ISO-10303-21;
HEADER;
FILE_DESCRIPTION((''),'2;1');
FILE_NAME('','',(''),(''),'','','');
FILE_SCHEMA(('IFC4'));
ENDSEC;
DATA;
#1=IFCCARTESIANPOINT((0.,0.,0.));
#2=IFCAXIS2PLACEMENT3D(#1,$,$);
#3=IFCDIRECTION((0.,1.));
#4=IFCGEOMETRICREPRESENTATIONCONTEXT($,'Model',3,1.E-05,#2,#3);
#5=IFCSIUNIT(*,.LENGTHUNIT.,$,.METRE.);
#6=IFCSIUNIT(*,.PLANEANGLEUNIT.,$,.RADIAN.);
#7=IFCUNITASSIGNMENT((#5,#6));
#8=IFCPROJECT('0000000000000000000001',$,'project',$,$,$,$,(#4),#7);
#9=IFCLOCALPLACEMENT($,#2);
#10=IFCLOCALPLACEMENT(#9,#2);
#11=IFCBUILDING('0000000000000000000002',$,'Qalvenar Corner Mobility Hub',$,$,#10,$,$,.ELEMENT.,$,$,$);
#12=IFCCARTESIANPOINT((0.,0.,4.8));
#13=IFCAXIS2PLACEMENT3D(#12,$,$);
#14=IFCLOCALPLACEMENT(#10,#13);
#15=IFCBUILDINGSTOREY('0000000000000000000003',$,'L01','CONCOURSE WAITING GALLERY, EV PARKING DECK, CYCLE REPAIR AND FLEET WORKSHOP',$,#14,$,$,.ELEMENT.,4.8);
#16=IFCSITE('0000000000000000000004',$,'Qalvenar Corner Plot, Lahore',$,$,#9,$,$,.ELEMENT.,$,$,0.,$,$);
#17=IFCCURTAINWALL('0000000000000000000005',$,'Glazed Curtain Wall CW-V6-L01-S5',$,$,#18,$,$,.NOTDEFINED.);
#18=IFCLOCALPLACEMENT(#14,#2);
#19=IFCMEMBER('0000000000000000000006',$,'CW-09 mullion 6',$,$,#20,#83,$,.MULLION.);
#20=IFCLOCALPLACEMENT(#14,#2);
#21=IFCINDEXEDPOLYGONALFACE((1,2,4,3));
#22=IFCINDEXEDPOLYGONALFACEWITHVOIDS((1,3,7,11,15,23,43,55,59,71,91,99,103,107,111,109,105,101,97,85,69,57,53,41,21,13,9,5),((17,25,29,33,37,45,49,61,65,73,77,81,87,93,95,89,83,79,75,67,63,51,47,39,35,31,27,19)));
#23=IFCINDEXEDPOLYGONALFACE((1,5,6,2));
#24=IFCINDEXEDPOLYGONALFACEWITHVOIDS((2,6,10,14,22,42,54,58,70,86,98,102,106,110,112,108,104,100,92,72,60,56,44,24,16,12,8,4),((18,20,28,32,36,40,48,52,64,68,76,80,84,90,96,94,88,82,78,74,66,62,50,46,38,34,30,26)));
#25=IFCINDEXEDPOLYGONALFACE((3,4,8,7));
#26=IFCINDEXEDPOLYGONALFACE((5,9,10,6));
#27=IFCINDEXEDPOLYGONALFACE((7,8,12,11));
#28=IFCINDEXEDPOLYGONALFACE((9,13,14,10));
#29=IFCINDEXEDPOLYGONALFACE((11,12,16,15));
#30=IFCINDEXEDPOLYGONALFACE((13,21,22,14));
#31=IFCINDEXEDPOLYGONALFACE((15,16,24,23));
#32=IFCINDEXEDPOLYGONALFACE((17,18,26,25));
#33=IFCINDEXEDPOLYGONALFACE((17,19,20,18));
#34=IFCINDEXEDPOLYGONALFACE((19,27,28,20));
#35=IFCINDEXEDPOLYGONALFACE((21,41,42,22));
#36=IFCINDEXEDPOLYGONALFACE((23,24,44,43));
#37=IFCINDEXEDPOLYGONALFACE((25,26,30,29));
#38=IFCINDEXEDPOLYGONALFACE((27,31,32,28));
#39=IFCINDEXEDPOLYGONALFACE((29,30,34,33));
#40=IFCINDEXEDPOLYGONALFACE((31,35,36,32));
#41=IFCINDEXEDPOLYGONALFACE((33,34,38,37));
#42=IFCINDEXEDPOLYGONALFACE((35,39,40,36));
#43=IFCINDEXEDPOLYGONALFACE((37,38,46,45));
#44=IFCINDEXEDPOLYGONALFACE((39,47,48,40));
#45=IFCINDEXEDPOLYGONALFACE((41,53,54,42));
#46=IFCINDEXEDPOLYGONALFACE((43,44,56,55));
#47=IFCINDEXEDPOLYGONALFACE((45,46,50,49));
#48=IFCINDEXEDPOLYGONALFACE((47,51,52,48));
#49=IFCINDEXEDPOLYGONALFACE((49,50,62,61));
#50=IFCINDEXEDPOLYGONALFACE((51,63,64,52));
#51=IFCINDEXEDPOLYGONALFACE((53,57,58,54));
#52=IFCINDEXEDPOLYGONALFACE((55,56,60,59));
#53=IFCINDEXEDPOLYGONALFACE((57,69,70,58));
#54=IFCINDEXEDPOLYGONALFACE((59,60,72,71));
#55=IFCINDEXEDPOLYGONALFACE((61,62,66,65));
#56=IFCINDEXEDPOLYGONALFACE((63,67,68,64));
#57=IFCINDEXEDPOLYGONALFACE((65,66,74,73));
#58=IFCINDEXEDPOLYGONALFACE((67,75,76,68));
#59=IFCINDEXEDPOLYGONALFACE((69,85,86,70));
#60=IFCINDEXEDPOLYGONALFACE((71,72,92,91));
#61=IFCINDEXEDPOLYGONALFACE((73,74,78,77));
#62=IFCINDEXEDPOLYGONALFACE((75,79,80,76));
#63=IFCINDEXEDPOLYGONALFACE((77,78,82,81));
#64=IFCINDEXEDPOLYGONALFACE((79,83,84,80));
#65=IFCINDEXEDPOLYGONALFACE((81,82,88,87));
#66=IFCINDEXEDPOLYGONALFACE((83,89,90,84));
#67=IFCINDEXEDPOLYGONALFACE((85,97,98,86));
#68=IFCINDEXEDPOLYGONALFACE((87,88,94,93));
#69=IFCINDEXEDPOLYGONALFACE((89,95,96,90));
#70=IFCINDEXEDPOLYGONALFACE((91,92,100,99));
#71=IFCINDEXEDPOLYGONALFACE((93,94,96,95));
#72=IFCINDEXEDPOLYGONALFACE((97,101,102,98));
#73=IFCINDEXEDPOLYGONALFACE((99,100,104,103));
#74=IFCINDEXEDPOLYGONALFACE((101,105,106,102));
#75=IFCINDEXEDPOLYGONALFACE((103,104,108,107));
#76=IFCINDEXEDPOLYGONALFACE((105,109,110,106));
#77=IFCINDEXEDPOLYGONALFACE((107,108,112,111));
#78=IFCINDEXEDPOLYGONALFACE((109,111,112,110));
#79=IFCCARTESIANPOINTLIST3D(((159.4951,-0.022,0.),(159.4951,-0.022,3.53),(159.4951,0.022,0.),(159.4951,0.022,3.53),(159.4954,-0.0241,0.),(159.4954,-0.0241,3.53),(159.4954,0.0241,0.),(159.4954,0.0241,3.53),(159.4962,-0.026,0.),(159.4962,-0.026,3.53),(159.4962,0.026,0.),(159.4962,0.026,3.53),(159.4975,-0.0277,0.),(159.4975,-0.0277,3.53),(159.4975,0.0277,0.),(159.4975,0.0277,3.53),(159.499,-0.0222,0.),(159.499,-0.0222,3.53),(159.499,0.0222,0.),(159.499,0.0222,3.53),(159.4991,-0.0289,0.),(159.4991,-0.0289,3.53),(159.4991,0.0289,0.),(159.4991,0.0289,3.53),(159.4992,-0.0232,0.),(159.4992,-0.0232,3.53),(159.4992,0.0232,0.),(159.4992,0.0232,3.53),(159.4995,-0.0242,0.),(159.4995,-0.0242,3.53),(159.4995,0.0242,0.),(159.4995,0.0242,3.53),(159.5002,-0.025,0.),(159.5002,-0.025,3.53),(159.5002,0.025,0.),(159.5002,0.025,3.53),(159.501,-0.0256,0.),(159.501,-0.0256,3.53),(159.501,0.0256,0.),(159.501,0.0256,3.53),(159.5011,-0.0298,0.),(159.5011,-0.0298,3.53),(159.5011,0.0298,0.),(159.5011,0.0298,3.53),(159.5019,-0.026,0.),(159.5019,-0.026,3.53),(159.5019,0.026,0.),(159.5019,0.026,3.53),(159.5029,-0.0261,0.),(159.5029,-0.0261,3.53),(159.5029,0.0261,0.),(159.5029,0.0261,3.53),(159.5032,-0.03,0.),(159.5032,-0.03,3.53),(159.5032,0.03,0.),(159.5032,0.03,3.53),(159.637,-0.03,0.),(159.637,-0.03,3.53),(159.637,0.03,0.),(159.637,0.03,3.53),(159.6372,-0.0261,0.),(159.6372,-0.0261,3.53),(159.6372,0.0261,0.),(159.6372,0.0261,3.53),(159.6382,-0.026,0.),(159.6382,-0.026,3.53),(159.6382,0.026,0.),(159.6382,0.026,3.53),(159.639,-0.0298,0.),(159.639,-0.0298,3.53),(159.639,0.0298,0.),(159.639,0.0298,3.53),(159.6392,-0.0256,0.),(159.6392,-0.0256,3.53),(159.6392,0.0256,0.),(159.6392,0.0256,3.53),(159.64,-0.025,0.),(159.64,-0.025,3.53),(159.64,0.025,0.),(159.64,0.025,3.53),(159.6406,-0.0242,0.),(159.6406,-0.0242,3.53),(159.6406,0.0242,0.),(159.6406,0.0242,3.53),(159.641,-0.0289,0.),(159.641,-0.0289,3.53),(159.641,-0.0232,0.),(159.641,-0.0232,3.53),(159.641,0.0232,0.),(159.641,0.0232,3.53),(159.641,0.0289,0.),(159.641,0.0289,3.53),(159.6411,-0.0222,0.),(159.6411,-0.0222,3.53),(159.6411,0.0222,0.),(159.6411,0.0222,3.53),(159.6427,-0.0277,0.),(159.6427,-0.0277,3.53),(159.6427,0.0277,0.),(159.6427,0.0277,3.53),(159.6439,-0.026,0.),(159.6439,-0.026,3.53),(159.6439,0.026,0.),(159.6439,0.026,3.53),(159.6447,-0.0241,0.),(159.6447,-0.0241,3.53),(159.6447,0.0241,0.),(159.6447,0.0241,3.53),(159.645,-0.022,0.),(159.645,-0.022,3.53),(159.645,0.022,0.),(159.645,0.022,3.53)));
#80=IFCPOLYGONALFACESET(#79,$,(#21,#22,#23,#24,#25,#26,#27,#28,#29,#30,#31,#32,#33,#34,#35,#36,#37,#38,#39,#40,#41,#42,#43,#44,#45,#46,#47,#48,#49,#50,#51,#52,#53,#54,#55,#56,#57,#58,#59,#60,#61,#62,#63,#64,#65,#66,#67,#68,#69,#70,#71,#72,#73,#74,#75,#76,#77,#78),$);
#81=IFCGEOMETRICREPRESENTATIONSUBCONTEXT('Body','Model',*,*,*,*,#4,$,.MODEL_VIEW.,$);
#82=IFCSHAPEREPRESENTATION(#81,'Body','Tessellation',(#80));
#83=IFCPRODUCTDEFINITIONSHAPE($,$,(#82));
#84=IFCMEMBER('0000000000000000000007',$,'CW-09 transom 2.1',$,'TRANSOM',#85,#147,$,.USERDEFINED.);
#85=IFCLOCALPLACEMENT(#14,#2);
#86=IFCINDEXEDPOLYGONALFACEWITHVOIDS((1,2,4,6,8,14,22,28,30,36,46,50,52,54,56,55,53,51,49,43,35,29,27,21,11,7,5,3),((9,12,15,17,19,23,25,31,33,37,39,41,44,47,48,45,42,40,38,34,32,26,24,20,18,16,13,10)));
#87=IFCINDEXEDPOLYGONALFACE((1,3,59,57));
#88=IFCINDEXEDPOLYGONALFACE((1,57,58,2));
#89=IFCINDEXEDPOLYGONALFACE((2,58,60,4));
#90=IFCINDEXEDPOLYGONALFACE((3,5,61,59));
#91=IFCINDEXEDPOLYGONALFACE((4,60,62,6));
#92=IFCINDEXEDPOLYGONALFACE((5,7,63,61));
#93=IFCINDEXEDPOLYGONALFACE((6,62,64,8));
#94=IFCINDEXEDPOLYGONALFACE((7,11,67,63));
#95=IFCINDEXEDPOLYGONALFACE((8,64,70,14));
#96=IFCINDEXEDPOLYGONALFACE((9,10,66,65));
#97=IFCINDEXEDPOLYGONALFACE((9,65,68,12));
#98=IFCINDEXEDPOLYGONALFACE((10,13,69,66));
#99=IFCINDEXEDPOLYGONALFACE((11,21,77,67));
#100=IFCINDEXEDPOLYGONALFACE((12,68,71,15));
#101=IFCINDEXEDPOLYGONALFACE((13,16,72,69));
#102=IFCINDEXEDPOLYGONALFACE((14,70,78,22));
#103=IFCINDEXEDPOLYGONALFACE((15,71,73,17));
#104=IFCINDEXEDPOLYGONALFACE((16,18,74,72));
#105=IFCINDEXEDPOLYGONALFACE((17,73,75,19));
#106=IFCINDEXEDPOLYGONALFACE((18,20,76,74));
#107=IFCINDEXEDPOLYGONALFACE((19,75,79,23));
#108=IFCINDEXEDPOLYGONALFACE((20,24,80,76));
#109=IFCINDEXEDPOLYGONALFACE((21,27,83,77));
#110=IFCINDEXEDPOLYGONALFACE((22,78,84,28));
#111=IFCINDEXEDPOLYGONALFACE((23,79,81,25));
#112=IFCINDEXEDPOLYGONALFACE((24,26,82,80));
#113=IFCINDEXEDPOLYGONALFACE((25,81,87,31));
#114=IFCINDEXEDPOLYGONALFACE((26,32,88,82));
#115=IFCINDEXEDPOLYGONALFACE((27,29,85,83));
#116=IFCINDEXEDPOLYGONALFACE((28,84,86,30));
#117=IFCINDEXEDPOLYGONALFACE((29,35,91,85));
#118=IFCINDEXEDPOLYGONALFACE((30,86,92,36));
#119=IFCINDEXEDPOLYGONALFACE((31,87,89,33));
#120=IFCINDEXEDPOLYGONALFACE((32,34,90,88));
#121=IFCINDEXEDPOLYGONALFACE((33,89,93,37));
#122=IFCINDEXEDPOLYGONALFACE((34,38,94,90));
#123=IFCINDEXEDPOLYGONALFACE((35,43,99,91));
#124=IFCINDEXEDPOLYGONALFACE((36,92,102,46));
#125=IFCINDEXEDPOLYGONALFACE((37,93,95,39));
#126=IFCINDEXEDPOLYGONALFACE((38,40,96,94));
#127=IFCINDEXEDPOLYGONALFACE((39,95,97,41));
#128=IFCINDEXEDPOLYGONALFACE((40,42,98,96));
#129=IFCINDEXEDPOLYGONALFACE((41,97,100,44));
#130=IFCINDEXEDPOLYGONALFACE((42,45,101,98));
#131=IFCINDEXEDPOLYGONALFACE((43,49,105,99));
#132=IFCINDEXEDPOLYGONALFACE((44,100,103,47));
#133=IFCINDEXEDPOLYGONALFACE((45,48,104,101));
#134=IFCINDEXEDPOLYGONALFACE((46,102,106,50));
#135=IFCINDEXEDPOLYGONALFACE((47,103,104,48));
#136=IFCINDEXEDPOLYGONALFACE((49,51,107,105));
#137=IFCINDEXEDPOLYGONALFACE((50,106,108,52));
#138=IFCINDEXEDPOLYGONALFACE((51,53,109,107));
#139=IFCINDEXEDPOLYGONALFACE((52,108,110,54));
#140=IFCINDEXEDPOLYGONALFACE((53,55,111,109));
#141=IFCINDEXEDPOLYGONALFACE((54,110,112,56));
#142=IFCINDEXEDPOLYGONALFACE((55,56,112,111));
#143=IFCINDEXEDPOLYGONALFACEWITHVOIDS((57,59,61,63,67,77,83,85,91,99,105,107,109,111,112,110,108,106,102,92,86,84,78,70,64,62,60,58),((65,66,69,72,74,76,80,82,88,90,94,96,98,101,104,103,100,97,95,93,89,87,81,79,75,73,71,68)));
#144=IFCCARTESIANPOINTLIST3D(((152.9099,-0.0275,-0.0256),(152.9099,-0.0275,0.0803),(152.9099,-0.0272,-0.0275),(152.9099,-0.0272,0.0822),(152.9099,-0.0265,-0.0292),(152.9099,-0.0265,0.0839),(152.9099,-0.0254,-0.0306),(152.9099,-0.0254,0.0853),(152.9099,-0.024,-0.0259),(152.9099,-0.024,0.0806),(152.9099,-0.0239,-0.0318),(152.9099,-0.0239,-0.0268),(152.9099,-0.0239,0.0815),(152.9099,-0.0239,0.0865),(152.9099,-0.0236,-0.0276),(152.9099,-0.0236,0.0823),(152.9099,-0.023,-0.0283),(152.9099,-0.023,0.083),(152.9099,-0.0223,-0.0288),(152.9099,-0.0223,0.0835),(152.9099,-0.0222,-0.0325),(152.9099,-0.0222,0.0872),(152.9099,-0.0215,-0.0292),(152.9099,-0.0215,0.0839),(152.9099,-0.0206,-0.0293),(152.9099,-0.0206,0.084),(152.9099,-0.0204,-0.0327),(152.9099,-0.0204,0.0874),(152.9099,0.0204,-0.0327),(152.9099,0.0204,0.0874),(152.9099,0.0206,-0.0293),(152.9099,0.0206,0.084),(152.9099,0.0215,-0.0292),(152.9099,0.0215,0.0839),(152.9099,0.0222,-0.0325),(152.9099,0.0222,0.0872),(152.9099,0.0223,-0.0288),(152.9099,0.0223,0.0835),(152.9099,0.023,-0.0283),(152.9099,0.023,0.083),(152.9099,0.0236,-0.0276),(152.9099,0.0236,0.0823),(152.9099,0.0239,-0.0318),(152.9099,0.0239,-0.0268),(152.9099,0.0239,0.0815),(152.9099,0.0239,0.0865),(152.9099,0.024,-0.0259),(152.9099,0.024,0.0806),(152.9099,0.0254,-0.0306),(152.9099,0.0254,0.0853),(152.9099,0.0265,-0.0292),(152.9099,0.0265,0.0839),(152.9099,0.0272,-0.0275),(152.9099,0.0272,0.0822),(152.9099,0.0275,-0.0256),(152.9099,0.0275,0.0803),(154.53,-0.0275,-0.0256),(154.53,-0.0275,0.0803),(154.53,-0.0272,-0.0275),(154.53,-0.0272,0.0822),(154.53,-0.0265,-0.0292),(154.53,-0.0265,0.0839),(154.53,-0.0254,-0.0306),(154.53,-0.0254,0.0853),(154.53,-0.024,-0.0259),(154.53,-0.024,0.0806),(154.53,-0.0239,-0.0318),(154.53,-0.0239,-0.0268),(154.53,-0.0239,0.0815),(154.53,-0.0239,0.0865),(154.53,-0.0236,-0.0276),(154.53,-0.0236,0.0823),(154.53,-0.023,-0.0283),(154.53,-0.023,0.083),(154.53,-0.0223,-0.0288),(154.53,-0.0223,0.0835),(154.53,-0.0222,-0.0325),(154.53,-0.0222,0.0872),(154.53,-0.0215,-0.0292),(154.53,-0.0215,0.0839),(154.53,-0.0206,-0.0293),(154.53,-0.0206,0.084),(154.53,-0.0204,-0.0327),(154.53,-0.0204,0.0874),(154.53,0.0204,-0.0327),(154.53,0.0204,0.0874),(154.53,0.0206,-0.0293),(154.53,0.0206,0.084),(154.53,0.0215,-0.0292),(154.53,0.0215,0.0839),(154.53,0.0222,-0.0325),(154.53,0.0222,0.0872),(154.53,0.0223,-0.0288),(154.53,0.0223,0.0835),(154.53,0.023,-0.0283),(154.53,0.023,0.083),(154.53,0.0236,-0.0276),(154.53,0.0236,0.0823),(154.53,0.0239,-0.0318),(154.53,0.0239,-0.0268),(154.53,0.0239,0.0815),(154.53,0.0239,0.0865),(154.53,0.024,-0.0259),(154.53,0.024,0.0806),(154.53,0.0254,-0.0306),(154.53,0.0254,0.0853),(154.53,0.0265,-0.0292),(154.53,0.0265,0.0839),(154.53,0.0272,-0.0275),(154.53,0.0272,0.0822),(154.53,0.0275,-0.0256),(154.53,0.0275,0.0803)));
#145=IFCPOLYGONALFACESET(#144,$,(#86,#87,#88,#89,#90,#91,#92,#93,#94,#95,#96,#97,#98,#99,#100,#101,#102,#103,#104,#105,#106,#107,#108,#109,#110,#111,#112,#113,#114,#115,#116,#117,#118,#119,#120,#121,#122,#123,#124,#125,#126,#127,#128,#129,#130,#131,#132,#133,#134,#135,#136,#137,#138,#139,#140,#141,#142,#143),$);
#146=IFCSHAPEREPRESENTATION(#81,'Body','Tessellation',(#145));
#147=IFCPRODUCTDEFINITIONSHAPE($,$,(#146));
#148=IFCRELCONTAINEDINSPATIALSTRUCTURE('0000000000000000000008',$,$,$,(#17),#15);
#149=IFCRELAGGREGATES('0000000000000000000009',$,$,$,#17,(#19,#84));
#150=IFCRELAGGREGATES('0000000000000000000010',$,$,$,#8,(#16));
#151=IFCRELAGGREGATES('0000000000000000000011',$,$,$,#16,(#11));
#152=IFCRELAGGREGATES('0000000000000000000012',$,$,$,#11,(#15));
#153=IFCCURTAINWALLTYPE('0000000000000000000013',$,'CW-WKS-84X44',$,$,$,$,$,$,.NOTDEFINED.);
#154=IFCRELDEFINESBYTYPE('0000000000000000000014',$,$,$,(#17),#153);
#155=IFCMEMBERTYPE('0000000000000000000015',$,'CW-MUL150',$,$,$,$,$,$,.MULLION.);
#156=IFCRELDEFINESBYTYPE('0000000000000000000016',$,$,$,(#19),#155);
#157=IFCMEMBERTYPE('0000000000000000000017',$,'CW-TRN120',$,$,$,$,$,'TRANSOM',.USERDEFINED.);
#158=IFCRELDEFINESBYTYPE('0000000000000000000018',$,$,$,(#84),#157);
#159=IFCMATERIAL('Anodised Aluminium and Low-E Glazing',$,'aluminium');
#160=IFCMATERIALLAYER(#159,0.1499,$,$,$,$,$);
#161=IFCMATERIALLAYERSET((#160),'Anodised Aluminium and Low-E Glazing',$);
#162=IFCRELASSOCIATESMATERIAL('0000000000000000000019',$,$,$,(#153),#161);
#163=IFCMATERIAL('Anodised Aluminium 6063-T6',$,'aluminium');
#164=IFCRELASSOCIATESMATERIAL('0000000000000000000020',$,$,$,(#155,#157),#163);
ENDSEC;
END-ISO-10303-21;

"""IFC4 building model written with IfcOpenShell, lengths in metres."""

from ifc_helpers import new_model, si_unit, direction, frame, origin, origin_2d, place, context, subcontext, project, spatial, hollow_rectangle, extrude, material, layer, layer_set, material_profile, profile_set, type_object, element, aggregate, save


model = new_model("IFC4")

# Units and contexts
model_context = context("Model", 3, precision=1e-05, world=origin(), true_north=direction((0.0, 1.0)))
body_context = subcontext(model_context, "Body", "Model", "MODEL_VIEW")
ifc_project = project(units=[si_unit("LENGTHUNIT", "METRE"), si_unit("PLANEANGLEUNIT", "RADIAN")], contexts=[model_context])

# Site, building, storey
site_placement = place(None, origin())
site = spatial("IfcSite", under=ifc_project, at=site_placement, Name="Qalvenar Corner Plot, Lahore", CompositionType="ELEMENT", RefElevation=0.0)
building_placement = place(site_placement, origin())
building = spatial("IfcBuilding", under=site, at=building_placement, Name="Qalvenar Corner Mobility Hub", CompositionType="ELEMENT")
storey_placement = place(building_placement, frame((0.0, 0.0, 4.8)))
storey = spatial("IfcBuildingStorey", under=building, at=storey_placement, Name="L01", Description="CONCOURSE WAITING GALLERY, EV PARKING DECK, CYCLE REPAIR AND FLEET WORKSHOP", CompositionType="ELEMENT", Elevation=4.8)

# Curtain wall, members
ifc_material_1 = material(Name="Anodised Aluminium and Low-E Glazing", Category="aluminium")
ifc_layer_1 = layer(ifc_material_1, 0.1499)
ifc_layer_set_1 = layer_set([ifc_layer_1], Name="Anodised Aluminium and Low-E Glazing")
curtain_wall_type = type_object("IfcCurtainWallType", Name="CW-WKS-84X44", PredefinedType="NOTDEFINED", material=ifc_layer_set_1)
curtain_wall_placement = place(storey_placement, origin())
curtain_wall = element("IfcCurtainWall", 1, at=curtain_wall_placement, inside=storey, type_object=curtain_wall_type, Name="Glazed Curtain Wall CW-V6-L01-S5", PredefinedType="NOTDEFINED")
ifc_material_2 = material(Name="Anodised Aluminium 6063-T6", Category="aluminium")
ifc_material_profile_1 = material_profile(ifc_material_2, hollow_rectangle(XDim=0.0601, YDim=0.1499, WallThickness=0.0039, InnerFilletRadius=0.0039, OuterFilletRadius=0.0081, at=origin_2d()), Name="RHS150x60x4")
ifc_profile_set_1 = profile_set([ifc_material_profile_1], Name="Anodised Aluminium 6063-T6")
member_type_1 = type_object("IfcMemberType", Name="CW-MUL150", PredefinedType="MULLION", material=ifc_profile_set_1)
member_1_placement = place(storey_placement, frame((159.5701, 0.0, 0.0), z_axis=(0.0, 0.0, 1.0), x_axis=(0.0, 1.0, 0.0)))
member_1 = element("IfcMember", 2, at=member_1_placement, type_object=member_type_1, Name="CW-09 mullion 6", PredefinedType="MULLION", context=body_context, shape_type="SweptSolid", body=[
    extrude(hollow_rectangle(XDim=0.0601, YDim=0.1499, WallThickness=0.0039, InnerFilletRadius=0.0039, OuterFilletRadius=0.0081, at=origin_2d()), origin(), (0.0, 0.0, 1.0), 3.53),
])
ifc_material_profile_2 = material_profile(ifc_material_2, hollow_rectangle(XDim=0.0549, YDim=0.1201, WallThickness=0.0034, InnerFilletRadius=0.0034, OuterFilletRadius=0.0071, at=origin_2d()), Name="RHS120x55x3.5")
ifc_profile_set_2 = profile_set([ifc_material_profile_2], Name="Anodised Aluminium 6063-T6")
member_type_2 = type_object("IfcMemberType", Name="CW-TRN120", ElementType="TRANSOM", PredefinedType="USERDEFINED", material=ifc_profile_set_2)
member_2_placement = place(storey_placement, frame((152.9099, 0.0, 0.0273), z_axis=(1.0, 0.0, 0.0), x_axis=(0.0, 1.0, 0.0)))
member_2 = element("IfcMember", 3, at=member_2_placement, type_object=member_type_2, Name="CW-09 transom 2.1", ObjectType="TRANSOM", PredefinedType="USERDEFINED", context=body_context, shape_type="SweptSolid", body=[
    extrude(hollow_rectangle(XDim=0.0549, YDim=0.1201, WallThickness=0.0034, InnerFilletRadius=0.0034, OuterFilletRadius=0.0071, at=origin_2d()), origin(), (0.0, 0.0, 1.0), 1.6201),
])
aggregate(curtain_wall, [member_1, member_2])

save(model, "model.ifc")
